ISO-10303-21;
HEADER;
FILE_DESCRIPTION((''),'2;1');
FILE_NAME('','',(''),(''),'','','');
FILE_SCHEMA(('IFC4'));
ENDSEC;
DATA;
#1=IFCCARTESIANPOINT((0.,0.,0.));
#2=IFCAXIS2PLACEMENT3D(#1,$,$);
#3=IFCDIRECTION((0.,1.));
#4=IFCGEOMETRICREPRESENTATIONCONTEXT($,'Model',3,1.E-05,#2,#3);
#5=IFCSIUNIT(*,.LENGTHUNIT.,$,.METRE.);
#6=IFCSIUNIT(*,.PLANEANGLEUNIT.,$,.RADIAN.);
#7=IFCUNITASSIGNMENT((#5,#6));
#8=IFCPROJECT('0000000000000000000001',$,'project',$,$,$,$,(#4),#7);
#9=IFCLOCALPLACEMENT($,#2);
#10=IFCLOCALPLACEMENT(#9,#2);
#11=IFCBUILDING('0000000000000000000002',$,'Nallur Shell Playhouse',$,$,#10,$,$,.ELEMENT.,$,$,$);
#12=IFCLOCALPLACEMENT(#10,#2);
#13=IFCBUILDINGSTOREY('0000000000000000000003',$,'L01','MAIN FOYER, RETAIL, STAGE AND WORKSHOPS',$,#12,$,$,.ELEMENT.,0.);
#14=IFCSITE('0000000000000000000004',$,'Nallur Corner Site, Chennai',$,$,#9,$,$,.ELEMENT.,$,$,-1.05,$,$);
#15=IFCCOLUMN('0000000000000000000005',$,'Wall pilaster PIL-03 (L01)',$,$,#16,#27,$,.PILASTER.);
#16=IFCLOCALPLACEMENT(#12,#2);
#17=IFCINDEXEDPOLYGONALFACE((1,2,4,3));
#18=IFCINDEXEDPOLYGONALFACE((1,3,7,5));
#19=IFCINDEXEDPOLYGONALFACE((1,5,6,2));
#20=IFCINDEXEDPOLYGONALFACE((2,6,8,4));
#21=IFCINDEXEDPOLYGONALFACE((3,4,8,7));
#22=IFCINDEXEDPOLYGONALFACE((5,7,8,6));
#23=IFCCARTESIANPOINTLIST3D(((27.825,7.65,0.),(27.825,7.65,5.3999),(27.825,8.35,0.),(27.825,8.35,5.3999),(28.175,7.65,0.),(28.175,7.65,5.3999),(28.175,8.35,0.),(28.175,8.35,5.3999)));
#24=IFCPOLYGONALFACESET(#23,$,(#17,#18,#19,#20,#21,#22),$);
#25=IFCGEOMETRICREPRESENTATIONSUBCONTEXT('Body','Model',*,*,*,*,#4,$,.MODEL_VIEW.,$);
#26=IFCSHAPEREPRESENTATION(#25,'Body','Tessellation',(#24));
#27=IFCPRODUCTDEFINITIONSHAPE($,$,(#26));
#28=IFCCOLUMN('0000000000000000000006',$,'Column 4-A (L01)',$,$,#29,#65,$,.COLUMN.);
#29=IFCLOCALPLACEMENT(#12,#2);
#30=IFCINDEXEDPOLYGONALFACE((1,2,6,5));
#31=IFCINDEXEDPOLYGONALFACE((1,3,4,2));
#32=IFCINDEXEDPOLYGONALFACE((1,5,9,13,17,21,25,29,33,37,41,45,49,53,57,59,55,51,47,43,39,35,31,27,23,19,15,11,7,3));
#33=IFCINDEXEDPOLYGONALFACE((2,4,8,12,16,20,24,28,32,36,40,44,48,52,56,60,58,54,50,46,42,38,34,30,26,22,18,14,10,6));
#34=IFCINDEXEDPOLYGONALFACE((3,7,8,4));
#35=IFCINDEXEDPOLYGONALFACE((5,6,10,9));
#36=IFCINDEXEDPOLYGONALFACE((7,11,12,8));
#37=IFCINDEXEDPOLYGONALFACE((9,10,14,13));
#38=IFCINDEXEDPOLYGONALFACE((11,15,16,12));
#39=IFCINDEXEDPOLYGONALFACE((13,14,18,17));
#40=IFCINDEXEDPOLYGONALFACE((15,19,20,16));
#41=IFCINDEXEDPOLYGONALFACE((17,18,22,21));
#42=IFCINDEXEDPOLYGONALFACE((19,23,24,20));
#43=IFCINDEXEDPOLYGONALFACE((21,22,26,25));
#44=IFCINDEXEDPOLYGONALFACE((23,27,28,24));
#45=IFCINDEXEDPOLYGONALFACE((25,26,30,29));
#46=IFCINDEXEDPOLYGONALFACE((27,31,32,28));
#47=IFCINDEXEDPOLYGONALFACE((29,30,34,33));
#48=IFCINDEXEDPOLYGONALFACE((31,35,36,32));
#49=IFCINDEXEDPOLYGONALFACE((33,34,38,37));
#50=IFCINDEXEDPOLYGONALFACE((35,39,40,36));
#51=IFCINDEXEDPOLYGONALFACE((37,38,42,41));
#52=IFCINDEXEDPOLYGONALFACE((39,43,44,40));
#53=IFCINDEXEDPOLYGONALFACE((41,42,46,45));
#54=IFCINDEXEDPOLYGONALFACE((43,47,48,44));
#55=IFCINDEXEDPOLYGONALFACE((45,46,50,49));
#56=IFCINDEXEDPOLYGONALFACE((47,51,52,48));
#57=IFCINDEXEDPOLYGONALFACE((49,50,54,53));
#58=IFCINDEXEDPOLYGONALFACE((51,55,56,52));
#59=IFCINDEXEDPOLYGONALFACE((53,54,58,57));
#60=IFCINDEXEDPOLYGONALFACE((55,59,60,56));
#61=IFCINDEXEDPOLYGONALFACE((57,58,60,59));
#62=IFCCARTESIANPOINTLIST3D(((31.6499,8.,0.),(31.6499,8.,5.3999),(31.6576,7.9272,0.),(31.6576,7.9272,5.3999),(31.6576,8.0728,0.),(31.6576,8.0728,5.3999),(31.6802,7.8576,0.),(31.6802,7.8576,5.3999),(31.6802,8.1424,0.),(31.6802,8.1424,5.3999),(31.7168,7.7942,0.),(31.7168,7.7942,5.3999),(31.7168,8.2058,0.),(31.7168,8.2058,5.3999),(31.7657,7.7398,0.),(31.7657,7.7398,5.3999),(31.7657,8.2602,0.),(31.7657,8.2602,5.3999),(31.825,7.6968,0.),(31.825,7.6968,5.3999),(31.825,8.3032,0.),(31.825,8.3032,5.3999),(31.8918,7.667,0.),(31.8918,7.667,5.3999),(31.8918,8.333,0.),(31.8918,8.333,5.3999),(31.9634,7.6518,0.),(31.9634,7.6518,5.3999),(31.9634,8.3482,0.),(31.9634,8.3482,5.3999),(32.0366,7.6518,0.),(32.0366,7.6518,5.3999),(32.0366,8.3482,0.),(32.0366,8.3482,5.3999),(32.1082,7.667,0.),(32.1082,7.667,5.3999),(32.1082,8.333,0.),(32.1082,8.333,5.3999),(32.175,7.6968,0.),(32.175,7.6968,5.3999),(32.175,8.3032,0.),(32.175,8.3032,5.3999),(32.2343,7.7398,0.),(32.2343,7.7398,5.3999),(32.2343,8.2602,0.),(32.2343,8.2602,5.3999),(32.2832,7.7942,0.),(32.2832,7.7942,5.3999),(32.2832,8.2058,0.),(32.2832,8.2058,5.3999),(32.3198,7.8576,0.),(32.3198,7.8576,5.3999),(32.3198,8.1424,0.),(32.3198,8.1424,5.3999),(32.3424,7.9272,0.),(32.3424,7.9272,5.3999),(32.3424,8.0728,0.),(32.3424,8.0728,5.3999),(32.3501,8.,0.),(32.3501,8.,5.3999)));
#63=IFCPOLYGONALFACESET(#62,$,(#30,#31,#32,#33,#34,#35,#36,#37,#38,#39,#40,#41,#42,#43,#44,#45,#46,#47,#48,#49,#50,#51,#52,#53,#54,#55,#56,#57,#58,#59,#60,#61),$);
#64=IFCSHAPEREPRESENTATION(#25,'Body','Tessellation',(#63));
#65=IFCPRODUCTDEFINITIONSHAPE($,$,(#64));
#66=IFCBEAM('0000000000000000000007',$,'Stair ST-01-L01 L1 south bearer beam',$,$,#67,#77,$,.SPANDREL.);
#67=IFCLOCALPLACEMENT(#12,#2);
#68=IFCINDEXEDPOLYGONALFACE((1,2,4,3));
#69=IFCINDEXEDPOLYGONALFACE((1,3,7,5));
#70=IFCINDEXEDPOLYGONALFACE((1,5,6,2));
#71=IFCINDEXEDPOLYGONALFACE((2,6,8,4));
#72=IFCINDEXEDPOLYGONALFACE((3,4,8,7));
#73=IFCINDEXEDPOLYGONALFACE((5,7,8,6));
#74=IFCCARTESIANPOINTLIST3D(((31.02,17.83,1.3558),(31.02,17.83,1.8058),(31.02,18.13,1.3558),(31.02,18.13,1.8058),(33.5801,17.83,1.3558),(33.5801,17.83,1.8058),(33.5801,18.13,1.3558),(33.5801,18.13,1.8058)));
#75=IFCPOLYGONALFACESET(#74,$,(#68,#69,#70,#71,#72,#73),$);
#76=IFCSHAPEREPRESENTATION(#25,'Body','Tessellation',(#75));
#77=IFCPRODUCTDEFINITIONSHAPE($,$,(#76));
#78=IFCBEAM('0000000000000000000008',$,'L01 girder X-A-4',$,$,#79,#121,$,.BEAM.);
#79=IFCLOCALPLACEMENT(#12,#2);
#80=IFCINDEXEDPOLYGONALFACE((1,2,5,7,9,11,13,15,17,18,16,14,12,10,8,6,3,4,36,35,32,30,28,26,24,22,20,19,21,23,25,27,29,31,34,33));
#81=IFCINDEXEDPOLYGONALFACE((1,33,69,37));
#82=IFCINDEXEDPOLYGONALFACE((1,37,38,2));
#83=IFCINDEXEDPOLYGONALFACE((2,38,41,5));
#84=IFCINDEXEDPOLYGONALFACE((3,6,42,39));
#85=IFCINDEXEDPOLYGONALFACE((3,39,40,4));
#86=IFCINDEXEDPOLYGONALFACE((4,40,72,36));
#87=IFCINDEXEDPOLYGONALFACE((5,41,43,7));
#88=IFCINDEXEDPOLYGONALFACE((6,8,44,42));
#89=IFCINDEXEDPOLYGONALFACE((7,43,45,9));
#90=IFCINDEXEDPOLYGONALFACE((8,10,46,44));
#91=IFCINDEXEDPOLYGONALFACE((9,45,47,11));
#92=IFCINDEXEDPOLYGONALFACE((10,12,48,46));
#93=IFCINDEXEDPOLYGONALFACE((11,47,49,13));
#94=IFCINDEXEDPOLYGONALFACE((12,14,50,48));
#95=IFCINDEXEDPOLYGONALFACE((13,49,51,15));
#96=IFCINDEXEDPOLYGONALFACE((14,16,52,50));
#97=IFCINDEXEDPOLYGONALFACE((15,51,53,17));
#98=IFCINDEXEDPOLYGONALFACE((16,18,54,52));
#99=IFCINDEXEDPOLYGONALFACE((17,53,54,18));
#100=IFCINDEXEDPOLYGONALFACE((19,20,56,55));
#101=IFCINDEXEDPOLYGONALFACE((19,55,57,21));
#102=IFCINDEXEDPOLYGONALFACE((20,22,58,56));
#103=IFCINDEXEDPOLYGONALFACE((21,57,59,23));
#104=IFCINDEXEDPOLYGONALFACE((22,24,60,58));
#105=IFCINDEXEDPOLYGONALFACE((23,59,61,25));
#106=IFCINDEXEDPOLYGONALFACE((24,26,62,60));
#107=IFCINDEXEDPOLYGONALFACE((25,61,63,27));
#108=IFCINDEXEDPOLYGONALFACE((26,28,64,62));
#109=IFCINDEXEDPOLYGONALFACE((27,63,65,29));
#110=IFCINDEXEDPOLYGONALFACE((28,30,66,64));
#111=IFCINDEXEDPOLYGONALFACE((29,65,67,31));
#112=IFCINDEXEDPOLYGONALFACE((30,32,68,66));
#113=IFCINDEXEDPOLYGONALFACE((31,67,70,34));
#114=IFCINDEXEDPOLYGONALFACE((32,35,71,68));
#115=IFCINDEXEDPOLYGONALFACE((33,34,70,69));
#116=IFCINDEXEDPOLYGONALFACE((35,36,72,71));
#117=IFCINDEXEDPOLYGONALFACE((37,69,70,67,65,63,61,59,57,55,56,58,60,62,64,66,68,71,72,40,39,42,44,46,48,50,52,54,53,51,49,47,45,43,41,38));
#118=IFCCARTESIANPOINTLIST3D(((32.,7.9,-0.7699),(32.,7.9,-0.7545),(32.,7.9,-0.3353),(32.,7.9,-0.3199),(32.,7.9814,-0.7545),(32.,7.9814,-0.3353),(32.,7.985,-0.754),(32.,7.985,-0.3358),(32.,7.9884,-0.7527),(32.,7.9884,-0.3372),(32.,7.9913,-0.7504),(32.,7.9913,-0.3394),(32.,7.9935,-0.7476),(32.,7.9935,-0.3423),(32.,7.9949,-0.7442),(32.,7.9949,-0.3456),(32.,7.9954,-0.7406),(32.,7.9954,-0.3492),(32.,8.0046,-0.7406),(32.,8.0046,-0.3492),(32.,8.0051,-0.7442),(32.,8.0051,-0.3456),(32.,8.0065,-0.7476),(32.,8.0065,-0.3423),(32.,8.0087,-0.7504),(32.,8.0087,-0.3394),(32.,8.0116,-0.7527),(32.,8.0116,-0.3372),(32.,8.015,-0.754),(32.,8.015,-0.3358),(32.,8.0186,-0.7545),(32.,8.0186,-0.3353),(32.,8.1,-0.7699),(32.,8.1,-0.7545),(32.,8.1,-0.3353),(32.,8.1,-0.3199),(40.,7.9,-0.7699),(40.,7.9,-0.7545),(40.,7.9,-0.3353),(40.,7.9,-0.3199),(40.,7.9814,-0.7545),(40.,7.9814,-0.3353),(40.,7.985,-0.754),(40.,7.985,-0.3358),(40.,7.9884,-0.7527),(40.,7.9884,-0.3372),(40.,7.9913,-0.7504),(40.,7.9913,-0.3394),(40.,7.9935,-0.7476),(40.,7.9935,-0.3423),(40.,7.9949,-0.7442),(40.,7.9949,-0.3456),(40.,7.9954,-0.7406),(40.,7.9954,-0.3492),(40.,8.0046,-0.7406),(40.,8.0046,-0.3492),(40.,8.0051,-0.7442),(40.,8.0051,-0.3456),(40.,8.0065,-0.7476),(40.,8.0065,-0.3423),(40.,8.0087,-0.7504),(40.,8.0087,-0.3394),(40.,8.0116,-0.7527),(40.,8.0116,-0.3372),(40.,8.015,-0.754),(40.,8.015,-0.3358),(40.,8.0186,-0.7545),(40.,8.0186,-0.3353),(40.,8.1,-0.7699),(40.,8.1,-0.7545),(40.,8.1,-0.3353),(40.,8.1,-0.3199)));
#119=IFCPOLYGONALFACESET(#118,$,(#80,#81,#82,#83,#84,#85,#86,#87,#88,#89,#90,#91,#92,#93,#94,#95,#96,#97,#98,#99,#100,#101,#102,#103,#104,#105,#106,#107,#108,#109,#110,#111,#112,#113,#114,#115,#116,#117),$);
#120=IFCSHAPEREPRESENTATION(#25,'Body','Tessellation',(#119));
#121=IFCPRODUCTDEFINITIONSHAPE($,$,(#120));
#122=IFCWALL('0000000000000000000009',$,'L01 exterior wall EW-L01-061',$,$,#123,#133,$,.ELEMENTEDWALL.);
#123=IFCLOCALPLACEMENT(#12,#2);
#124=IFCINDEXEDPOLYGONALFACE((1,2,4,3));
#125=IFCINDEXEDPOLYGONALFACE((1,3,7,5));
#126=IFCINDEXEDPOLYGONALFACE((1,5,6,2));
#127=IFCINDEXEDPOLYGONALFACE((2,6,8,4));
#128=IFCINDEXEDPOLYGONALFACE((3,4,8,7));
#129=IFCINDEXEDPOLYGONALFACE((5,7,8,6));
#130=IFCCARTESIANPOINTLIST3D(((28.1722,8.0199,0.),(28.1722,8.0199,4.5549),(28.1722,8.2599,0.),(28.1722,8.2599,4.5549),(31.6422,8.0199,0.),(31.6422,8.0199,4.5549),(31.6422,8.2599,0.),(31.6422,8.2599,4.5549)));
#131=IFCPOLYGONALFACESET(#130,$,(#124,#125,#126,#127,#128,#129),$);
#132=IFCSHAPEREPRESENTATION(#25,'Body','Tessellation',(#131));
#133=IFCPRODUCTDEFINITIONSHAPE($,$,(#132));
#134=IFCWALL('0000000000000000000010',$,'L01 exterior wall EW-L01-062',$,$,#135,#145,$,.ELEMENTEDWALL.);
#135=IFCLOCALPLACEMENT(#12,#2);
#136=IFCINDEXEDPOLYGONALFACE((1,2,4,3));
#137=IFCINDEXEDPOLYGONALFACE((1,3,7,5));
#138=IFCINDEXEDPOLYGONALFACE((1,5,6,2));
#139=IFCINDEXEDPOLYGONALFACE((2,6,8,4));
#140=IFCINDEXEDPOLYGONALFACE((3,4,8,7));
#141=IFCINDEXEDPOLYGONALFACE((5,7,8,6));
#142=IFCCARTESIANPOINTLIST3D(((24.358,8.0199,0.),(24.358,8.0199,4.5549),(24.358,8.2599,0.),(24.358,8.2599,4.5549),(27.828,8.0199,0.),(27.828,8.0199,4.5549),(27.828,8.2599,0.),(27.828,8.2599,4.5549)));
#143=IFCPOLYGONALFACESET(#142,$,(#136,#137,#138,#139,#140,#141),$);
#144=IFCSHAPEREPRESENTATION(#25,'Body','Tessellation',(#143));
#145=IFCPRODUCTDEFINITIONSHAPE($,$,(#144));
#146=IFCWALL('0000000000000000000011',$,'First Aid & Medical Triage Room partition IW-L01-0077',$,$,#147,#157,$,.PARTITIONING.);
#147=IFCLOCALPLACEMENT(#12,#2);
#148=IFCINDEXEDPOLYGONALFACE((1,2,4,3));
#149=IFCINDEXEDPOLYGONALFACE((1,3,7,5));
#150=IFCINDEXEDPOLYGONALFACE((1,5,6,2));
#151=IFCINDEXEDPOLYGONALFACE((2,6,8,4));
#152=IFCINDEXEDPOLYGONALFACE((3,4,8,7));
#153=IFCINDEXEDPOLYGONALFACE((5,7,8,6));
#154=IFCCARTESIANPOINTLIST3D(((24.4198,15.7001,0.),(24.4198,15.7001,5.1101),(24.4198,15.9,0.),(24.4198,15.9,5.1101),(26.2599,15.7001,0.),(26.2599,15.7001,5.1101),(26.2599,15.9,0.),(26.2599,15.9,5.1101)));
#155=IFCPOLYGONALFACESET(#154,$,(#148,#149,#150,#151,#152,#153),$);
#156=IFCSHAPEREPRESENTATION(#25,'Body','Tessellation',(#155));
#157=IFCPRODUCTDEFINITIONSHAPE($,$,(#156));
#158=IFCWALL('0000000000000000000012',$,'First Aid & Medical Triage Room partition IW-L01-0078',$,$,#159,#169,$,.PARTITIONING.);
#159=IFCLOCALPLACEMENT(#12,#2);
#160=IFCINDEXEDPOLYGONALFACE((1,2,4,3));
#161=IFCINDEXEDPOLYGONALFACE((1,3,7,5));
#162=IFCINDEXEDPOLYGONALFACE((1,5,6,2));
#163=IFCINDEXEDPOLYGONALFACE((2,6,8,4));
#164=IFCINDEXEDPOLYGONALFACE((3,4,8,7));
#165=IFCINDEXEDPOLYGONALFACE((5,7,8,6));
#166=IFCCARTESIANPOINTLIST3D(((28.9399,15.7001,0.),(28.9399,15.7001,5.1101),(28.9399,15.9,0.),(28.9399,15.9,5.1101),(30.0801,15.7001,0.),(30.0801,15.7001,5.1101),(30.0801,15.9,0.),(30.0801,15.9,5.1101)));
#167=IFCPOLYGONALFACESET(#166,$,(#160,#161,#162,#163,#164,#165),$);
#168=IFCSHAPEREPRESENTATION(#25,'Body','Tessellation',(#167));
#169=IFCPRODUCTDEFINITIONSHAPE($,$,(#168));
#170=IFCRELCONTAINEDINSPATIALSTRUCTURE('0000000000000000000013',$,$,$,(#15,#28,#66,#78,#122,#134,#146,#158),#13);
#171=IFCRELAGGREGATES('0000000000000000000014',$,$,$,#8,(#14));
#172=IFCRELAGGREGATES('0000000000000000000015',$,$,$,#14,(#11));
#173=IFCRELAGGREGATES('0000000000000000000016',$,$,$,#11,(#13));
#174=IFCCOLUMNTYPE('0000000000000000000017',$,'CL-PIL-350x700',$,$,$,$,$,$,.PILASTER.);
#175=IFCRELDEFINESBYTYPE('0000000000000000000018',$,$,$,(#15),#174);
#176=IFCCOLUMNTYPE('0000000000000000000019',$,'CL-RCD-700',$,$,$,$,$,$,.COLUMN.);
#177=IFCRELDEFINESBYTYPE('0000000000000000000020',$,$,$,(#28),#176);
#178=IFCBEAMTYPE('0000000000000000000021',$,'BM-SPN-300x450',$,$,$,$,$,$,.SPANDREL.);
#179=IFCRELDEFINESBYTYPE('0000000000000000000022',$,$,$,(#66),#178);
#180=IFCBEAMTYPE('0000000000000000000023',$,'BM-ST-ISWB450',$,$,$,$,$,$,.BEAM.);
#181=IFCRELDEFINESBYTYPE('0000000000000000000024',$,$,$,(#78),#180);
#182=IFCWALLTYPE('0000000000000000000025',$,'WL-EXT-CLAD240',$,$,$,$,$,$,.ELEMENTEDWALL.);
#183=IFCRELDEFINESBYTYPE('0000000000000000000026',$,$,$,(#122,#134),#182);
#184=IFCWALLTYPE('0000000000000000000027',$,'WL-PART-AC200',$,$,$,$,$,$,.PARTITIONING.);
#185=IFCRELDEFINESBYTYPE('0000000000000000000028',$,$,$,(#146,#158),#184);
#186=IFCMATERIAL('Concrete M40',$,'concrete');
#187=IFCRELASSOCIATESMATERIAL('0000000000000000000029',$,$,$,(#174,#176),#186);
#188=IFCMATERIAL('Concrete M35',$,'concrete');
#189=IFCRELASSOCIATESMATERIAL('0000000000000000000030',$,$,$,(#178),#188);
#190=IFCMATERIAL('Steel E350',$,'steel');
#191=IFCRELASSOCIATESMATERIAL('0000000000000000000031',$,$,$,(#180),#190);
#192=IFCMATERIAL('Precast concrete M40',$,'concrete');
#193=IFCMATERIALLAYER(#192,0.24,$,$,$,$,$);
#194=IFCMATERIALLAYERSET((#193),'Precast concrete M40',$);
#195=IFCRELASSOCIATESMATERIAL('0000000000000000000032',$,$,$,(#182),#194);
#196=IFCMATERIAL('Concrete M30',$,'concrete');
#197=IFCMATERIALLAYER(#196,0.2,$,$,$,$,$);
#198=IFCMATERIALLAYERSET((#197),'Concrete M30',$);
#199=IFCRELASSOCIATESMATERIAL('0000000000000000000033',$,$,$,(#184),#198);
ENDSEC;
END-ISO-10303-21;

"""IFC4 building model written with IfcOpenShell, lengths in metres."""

from ifc_helpers import new_model, si_unit, direction, frame, frame_2d, origin, origin_2d, place, context, subcontext, project, spatial, rectangle, circle, i_section, extrude, material, layer, layer_set, material_profile, profile_set, type_object, element, save


model = new_model("IFC4")

# Units and contexts
model_context = context("Model", 3, precision=1e-05, world=origin(), true_north=direction((0.0, 1.0)))
body_context = subcontext(model_context, "Body", "Model", "MODEL_VIEW")
ifc_project = project(units=[si_unit("LENGTHUNIT", "METRE"), si_unit("PLANEANGLEUNIT", "RADIAN")], contexts=[model_context])

# Site, building, storey
site_placement = place(None, origin())
site = spatial("IfcSite", under=ifc_project, at=site_placement, Name="Nallur Corner Site, Chennai", CompositionType="ELEMENT", RefElevation=-1.05)
building_placement = place(site_placement, origin())
building = spatial("IfcBuilding", under=site, at=building_placement, Name="Nallur Shell Playhouse", CompositionType="ELEMENT")
storey_placement = place(building_placement, origin())
storey = spatial("IfcBuildingStorey", under=building, at=storey_placement, Name="L01", Description="MAIN FOYER, RETAIL, STAGE AND WORKSHOPS", CompositionType="ELEMENT", Elevation=0.0)

# Columns
ifc_material_1 = material(Name="Concrete M40", Category="concrete")
ifc_material_profile_1 = material_profile(ifc_material_1, rectangle(XDim=0.3501, YDim=0.7, at=origin_2d()), Name="RC 350x700")
ifc_profile_set_1 = profile_set([ifc_material_profile_1], Name="Concrete M40")
column_type_1 = type_object("IfcColumnType", Name="CL-PIL-350x700", PredefinedType="PILASTER", material=ifc_profile_set_1)
column_1_placement = place(storey_placement, frame((28.0, 8.0, 0.0), z_axis=(0.0, 0.0, 1.0), x_axis=(1.0, 0.0, 0.0)))
element("IfcColumn", 1, at=column_1_placement, inside=storey, type_object=column_type_1, Name="Wall pilaster PIL-03 (L01)", PredefinedType="PILASTER", context=body_context, shape_type="SweptSolid", body=[
    extrude(rectangle(XDim=0.3501, YDim=0.7, at=origin_2d()), origin(), (0.0, 0.0, 1.0), 5.3999),
])
ifc_material_profile_2 = material_profile(ifc_material_1, circle(Radius=0.3501, at=origin_2d()), Name="RC D700")
ifc_profile_set_2 = profile_set([ifc_material_profile_2], Name="Concrete M40")
column_type_2 = type_object("IfcColumnType", Name="CL-RCD-700", PredefinedType="COLUMN", material=ifc_profile_set_2)
column_2_placement = place(storey_placement, frame((32.0, 8.0, 0.0), z_axis=(0.0, 0.0, 1.0), x_axis=(1.0, 0.0, 0.0)))
element("IfcColumn", 2, at=column_2_placement, inside=storey, type_object=column_type_2, Name="Column 4-A (L01)", PredefinedType="COLUMN", context=body_context, shape_type="SweptSolid", body=[
    extrude(circle(Radius=0.3501, at=origin_2d()), origin(), (0.0, 0.0, 1.0), 5.3999),
])

# Beams
ifc_material_2 = material(Name="Concrete M35", Category="concrete")
ifc_material_profile_3 = material_profile(ifc_material_2, rectangle(XDim=0.3, YDim=0.45, at=origin_2d()), Name="RC 300x450")
ifc_profile_set_3 = profile_set([ifc_material_profile_3], Name="Concrete M35")
beam_type_1 = type_object("IfcBeamType", Name="BM-SPN-300x450", PredefinedType="SPANDREL", material=ifc_profile_set_3)
beam_1_placement = place(storey_placement, frame((31.02, 17.98, 1.5808), z_axis=(1.0, 0.0, 0.0), x_axis=(0.0, 1.0, 0.0)))
element("IfcBeam", 3, at=beam_1_placement, inside=storey, type_object=beam_type_1, Name="Stair ST-01-L01 L1 south bearer beam", PredefinedType="SPANDREL", context=body_context, shape_type="SweptSolid", body=[
    extrude(rectangle(XDim=0.3, YDim=0.45, at=origin_2d()), origin(), (0.0, 0.0, 1.0), 2.5601),
])
ifc_material_3 = material(Name="Steel E350", Category="steel")
ifc_material_profile_4 = material_profile(ifc_material_3, i_section(OverallWidth=0.2, OverallDepth=0.45, WebThickness=0.0093, FlangeThickness=0.0154, FilletRadius=0.0139, at=origin_2d()), Name="ISWB 450")
ifc_profile_set_4 = profile_set([ifc_material_profile_4], Name="Steel E350")
beam_type_2 = type_object("IfcBeamType", Name="BM-ST-ISWB450", PredefinedType="BEAM", material=ifc_profile_set_4)
beam_2_placement = place(storey_placement, frame((32.0, 8.0, -0.5449), z_axis=(1.0, 0.0, 0.0), x_axis=(0.0, 1.0, 0.0)))
element("IfcBeam", 4, at=beam_2_placement, inside=storey, type_object=beam_type_2, Name="L01 girder X-A-4", PredefinedType="BEAM", context=body_context, shape_type="SweptSolid", body=[
    extrude(i_section(OverallWidth=0.2, OverallDepth=0.45, WebThickness=0.0093, FlangeThickness=0.0154, FilletRadius=0.0139, at=origin_2d()), origin(), (0.0, 0.0, 1.0), 8.0),
])

# Walls
ifc_material_4 = material(Name="Precast concrete M40", Category="concrete")
ifc_layer_1 = layer(ifc_material_4, 0.24)
ifc_layer_set_1 = layer_set([ifc_layer_1], Name="Precast concrete M40")
wall_type_1 = type_object("IfcWallType", Name="WL-EXT-CLAD240", PredefinedType="ELEMENTEDWALL", material=ifc_layer_set_1)
for number, where, z_axis, x_axis, name in (
    (5, (31.6421, 8.1399, 0.0), (0.0, 0.0, 1.0), (-1.0, 0.0, 0.0), "L01 exterior wall EW-L01-061"),
    (6, (27.8279, 8.1399, 0.0), (0.0, 0.0, 1.0), (-1.0, 0.0, 0.0), "L01 exterior wall EW-L01-062"),
):
    element("IfcWall", number, at=place(storey_placement, frame(where, z_axis=z_axis, x_axis=x_axis)), inside=storey, type_object=wall_type_1, Name=name, PredefinedType="ELEMENTEDWALL", context=body_context, shape_type="SweptSolid", body=[
        extrude(rectangle(XDim=3.47, YDim=0.24, at=frame_2d((1.7349, 0.0))), origin(), (0.0, 0.0, 1.0), 4.5549),
    ])
ifc_material_5 = material(Name="Concrete M30", Category="concrete")
ifc_layer_2 = layer(ifc_material_5, 0.2)
ifc_layer_set_2 = layer_set([ifc_layer_2], Name="Concrete M30")
wall_type_2 = type_object("IfcWallType", Name="WL-PART-AC200", PredefinedType="PARTITIONING", material=ifc_layer_set_2)
wall_1_placement = place(storey_placement, frame((24.4199, 15.8, 0.0), z_axis=(0.0, 0.0, 1.0), x_axis=(1.0, 0.0, 0.0)))
element("IfcWall", 7, at=wall_1_placement, inside=storey, type_object=wall_type_2, Name="First Aid & Medical Triage Room partition IW-L01-0077", PredefinedType="PARTITIONING", context=body_context, shape_type="SweptSolid", body=[
    extrude(rectangle(XDim=1.8401, YDim=0.2, at=frame_2d((0.9199, 0.0))), origin(), (0.0, 0.0, 1.0), 5.1101),
])
wall_2_placement = place(storey_placement, frame((28.9399, 15.8, 0.0), z_axis=(0.0, 0.0, 1.0), x_axis=(1.0, 0.0, 0.0)))
element("IfcWall", 8, at=wall_2_placement, inside=storey, type_object=wall_type_2, Name="First Aid & Medical Triage Room partition IW-L01-0078", PredefinedType="PARTITIONING", context=body_context, shape_type="SweptSolid", body=[
    extrude(rectangle(XDim=1.1401, YDim=0.2, at=frame_2d((0.5701, 0.0))), origin(), (0.0, 0.0, 1.0), 5.1101),
])

save(model, "model.ifc")
